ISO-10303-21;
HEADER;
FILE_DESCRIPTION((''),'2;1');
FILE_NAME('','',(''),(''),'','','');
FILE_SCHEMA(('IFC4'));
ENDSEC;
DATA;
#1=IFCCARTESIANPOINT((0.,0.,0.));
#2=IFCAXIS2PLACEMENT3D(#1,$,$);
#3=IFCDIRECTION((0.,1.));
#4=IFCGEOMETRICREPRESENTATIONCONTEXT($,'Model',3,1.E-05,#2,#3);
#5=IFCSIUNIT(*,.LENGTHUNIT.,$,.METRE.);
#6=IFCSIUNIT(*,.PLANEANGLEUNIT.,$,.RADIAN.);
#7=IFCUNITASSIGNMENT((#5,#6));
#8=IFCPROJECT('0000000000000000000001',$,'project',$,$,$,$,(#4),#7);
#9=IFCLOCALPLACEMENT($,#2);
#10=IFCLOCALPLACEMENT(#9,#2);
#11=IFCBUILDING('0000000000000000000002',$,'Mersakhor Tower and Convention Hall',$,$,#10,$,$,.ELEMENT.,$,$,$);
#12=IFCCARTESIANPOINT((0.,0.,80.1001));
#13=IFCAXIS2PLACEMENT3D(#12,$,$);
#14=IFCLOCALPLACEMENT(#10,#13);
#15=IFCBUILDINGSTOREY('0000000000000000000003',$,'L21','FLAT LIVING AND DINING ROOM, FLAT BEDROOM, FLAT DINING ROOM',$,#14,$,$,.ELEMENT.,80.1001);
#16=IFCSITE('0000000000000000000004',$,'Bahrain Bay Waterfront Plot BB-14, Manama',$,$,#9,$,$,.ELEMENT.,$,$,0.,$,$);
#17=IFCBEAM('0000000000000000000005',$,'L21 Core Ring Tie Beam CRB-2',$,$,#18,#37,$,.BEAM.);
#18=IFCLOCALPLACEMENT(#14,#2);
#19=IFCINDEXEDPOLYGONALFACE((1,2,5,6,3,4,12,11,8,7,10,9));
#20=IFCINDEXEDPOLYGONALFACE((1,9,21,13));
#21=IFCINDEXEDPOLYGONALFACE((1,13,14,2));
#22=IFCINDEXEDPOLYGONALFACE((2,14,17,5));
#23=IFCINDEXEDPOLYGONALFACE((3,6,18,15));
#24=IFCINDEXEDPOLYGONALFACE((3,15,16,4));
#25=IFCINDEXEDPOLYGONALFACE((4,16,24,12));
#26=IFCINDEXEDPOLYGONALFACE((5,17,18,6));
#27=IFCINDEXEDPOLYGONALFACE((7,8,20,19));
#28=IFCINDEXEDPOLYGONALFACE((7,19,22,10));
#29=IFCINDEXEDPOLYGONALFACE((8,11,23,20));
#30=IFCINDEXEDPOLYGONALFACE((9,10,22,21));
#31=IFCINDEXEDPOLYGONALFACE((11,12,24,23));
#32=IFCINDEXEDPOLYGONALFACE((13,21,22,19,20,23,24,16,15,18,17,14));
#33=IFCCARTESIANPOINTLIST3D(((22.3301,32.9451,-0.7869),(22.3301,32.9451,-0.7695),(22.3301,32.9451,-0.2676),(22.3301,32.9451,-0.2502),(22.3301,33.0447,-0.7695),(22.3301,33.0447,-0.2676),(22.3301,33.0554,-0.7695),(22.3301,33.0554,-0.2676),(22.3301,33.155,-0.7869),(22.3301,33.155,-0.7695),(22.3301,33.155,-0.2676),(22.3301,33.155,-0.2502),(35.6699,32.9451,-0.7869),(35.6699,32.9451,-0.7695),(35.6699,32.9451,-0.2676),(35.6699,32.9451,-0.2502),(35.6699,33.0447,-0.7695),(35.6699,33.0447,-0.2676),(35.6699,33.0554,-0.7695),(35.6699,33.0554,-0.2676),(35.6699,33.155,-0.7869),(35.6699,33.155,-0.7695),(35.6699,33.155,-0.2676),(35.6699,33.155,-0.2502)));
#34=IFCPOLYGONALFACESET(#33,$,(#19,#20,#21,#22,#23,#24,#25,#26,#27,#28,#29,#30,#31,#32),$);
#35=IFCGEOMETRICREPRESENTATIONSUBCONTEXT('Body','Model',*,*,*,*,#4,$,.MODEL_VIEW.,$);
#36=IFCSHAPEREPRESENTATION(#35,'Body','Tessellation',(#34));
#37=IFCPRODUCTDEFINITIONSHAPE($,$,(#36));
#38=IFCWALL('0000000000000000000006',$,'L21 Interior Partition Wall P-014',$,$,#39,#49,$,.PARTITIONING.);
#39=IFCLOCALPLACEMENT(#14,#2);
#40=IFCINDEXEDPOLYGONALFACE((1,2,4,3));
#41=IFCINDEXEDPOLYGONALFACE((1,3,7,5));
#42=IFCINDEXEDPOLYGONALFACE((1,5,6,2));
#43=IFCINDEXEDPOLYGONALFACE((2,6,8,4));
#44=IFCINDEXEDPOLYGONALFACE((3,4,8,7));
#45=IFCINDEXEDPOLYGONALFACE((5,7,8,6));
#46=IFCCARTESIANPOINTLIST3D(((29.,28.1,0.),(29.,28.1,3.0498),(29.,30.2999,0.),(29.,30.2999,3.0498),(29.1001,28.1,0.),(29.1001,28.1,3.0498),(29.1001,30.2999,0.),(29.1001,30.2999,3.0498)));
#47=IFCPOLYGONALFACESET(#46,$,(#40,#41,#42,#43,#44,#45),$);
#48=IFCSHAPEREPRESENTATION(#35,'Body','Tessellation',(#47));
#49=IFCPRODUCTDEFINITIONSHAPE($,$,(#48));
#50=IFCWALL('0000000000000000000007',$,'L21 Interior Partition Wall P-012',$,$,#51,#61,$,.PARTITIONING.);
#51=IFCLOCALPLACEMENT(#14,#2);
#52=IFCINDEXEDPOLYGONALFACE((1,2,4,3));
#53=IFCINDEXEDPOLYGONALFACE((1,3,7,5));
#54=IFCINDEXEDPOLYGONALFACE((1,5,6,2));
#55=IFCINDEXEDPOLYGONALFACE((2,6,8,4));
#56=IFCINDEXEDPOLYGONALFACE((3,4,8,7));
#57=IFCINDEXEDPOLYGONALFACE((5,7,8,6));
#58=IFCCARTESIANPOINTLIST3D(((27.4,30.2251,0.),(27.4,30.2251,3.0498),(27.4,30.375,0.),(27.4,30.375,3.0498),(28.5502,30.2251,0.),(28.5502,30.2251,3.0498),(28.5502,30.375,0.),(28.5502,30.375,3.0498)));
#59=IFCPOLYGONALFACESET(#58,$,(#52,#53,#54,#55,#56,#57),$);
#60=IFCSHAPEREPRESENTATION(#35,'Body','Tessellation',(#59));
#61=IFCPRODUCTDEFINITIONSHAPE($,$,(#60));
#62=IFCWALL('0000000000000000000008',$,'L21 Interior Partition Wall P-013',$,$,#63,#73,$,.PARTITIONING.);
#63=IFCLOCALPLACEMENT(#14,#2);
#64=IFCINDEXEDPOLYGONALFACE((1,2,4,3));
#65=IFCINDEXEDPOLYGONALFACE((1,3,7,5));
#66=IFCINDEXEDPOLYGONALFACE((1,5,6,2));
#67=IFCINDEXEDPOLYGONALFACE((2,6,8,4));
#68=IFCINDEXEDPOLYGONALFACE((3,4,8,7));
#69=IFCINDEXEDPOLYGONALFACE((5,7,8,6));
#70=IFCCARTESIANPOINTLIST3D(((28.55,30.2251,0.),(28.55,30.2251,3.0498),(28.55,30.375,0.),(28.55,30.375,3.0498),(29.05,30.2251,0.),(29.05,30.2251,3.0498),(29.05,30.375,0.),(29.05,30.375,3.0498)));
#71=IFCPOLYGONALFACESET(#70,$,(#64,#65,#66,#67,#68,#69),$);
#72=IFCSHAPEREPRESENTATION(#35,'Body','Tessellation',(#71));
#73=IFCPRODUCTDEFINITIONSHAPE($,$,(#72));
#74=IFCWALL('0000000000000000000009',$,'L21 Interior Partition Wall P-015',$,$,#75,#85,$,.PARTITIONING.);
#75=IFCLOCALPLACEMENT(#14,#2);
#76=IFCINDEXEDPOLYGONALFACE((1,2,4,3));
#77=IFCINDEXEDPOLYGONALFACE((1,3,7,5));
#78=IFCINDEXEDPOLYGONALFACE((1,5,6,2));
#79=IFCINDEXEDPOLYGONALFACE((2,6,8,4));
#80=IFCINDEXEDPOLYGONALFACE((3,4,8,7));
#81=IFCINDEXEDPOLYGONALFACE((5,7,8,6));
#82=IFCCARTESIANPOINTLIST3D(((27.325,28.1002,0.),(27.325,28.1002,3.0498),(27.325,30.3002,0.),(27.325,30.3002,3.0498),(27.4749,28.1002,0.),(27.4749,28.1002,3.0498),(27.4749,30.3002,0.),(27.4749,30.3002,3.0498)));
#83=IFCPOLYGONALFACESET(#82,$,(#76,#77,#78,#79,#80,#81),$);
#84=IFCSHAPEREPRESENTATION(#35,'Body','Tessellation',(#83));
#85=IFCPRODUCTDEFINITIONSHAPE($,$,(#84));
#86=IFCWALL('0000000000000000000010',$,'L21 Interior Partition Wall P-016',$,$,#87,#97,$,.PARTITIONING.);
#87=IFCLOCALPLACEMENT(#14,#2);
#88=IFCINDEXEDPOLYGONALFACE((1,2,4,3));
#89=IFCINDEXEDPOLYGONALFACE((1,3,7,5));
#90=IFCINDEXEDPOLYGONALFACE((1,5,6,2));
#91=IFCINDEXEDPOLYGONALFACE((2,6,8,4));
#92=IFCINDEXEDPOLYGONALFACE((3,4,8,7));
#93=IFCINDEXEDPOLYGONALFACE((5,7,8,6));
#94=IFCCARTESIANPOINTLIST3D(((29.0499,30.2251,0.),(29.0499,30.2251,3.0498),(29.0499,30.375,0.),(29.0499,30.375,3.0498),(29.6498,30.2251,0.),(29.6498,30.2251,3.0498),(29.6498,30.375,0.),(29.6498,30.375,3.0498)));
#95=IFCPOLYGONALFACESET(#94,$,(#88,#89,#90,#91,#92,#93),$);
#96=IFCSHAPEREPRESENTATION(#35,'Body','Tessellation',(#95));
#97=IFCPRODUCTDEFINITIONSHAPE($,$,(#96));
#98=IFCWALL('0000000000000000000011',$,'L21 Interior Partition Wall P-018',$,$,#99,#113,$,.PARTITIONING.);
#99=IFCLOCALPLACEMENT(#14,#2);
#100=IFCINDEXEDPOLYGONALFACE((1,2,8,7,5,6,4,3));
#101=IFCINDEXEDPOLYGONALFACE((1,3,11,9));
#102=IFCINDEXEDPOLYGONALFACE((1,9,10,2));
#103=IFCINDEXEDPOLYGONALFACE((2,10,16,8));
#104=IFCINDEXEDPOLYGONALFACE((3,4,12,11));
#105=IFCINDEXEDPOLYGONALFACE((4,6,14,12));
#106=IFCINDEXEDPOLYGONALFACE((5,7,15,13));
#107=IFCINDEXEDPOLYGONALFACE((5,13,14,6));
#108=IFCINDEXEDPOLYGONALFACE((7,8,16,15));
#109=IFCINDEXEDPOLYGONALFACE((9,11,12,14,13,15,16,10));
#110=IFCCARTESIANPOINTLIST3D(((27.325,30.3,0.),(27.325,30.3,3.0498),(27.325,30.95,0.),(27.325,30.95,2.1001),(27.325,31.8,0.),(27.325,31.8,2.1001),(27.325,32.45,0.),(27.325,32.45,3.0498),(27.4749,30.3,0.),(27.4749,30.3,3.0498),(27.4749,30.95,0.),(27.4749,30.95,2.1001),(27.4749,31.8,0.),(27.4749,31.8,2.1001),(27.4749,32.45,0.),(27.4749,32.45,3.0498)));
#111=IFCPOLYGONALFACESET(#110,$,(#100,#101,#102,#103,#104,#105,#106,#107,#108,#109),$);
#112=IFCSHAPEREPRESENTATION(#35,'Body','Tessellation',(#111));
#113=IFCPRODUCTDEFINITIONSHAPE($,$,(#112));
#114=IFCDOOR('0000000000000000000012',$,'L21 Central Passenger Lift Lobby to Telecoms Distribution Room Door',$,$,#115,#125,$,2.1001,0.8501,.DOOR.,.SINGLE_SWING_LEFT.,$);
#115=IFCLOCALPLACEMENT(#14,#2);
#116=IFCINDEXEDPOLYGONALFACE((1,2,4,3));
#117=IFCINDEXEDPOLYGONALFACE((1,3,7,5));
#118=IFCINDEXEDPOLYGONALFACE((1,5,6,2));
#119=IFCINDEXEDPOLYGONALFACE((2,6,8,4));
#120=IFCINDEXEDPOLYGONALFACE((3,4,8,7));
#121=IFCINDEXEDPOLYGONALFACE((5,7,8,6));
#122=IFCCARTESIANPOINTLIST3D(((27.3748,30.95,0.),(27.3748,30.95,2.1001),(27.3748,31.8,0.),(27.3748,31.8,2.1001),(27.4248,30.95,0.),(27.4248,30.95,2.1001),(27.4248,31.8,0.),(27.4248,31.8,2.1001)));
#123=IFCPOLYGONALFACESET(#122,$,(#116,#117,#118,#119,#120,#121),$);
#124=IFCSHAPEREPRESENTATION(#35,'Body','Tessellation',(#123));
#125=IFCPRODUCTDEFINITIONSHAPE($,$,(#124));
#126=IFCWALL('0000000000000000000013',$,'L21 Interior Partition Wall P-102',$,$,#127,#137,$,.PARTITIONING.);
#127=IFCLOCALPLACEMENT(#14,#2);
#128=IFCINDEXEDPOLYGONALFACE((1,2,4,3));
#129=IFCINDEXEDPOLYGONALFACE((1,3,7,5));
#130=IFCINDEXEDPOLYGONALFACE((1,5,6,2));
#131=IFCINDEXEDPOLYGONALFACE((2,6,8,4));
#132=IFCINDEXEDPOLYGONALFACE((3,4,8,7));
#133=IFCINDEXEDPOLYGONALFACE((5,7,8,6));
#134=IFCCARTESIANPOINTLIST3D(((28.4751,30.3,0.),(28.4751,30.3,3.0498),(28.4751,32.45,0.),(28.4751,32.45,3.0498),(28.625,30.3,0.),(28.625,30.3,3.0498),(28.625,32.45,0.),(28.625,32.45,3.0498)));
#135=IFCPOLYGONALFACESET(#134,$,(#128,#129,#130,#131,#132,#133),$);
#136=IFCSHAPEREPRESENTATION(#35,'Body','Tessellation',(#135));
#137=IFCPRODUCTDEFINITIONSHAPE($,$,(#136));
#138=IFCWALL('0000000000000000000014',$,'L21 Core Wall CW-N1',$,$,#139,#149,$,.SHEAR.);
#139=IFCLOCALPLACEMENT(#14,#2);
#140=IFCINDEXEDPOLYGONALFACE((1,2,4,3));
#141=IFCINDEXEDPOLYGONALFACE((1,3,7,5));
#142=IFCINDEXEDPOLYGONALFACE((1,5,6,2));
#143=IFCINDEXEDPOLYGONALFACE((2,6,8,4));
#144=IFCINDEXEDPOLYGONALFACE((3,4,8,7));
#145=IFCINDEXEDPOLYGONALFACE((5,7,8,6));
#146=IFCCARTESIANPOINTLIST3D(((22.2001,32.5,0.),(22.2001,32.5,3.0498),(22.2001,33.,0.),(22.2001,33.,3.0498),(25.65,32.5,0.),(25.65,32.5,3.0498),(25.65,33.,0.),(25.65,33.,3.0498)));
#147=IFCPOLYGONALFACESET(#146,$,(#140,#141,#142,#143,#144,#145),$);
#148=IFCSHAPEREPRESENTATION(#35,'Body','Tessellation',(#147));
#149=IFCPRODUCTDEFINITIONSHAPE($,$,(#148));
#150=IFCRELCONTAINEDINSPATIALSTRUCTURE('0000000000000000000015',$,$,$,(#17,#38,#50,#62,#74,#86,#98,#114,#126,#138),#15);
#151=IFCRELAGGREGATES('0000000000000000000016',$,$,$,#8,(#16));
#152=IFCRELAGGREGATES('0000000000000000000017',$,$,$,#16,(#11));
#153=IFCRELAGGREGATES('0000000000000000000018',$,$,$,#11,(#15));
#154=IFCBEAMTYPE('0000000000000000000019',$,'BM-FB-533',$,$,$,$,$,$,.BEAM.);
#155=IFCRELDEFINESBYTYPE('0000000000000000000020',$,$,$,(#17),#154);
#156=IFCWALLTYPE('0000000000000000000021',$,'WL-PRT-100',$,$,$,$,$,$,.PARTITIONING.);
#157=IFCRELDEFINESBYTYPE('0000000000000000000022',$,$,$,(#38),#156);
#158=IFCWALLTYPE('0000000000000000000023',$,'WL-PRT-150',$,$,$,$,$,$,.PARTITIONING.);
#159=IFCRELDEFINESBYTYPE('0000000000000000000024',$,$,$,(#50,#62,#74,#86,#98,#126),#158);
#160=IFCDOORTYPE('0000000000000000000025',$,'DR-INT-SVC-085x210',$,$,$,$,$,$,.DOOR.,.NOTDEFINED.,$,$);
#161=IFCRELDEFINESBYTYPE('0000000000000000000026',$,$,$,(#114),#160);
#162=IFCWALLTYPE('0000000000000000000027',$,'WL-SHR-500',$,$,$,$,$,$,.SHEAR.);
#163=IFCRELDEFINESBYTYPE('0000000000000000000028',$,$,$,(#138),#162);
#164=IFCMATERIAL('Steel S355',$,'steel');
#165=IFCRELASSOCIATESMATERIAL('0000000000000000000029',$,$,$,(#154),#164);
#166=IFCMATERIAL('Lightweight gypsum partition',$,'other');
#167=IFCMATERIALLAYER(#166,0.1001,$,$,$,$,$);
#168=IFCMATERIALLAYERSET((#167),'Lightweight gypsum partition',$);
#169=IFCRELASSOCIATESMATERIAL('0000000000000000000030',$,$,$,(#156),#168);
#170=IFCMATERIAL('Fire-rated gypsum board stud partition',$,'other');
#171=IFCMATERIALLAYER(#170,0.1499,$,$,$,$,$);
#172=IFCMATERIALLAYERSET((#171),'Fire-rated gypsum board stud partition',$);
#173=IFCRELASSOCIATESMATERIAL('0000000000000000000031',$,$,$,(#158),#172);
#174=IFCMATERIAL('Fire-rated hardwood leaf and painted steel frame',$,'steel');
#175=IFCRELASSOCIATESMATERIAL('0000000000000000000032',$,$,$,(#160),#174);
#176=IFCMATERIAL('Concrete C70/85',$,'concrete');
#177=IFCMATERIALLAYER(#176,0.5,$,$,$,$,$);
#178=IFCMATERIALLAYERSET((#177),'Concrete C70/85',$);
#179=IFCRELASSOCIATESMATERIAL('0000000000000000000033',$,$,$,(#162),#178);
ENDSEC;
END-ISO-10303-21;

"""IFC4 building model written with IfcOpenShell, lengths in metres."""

from ifc_helpers import new_model, si_unit, direction, frame, frame_2d, origin, origin_2d, place, context, subcontext, project, spatial, rectangle, i_section, extrude, material, layer, layer_set, material_profile, profile_set, type_object, element, fill, save


model = new_model("IFC4")

# Units and contexts
model_context = context("Model", 3, precision=1e-05, world=origin(), true_north=direction((0.0, 1.0)))
body_context = subcontext(model_context, "Body", "Model", "MODEL_VIEW")
ifc_project = project(units=[si_unit("LENGTHUNIT", "METRE"), si_unit("PLANEANGLEUNIT", "RADIAN")], contexts=[model_context])

# Site, building, storey
site_placement = place(None, origin())
site = spatial("IfcSite", under=ifc_project, at=site_placement, Name="Bahrain Bay Waterfront Plot BB-14, Manama", CompositionType="ELEMENT", RefElevation=0.0)
building_placement = place(site_placement, origin())
building = spatial("IfcBuilding", under=site, at=building_placement, Name="Mersakhor Tower and Convention Hall", CompositionType="ELEMENT")
storey_placement = place(building_placement, frame((0.0, 0.0, 80.1001)))
storey = spatial("IfcBuildingStorey", under=building, at=storey_placement, Name="L21", Description="FLAT LIVING AND DINING ROOM, FLAT BEDROOM, FLAT DINING ROOM", CompositionType="ELEMENT", Elevation=80.1001)

# Beam
ifc_material_1 = material(Name="Steel S355", Category="steel")
ifc_material_profile = material_profile(ifc_material_1, i_section(OverallWidth=0.21, OverallDepth=0.5366, WebThickness=0.0107, FlangeThickness=0.0173, at=origin_2d()), Name="UB 533x210x101")
ifc_profile_set = profile_set([ifc_material_profile], Name="Steel S355")
beam_type = type_object("IfcBeamType", Name="BM-FB-533", PredefinedType="BEAM", material=ifc_profile_set)
beam_placement = place(storey_placement, frame((22.3301, 33.05, -0.5186), z_axis=(1.0, 0.0, 0.0), x_axis=(0.0, 1.0, 0.0)))
element("IfcBeam", 1, at=beam_placement, inside=storey, type_object=beam_type, Name="L21 Core Ring Tie Beam CRB-2", PredefinedType="BEAM", context=body_context, shape_type="SweptSolid", body=[
    extrude(i_section(OverallWidth=0.21, OverallDepth=0.5366, WebThickness=0.0107, FlangeThickness=0.0173, at=origin_2d()), origin(), (0.0, 0.0, 1.0), 13.3398),
])

# Walls
ifc_material_2 = material(Name="Lightweight gypsum partition", Category="other")
ifc_layer_1 = layer(ifc_material_2, 0.1001)
ifc_layer_set_1 = layer_set([ifc_layer_1], Name="Lightweight gypsum partition")
wall_type_1 = type_object("IfcWallType", Name="WL-PRT-100", PredefinedType="PARTITIONING", material=ifc_layer_set_1)
wall_1_placement = place(storey_placement, frame((29.05, 30.3, 0.0), z_axis=(0.0, 0.0, 1.0), x_axis=(0.0, -1.0, 0.0)))
element("IfcWall", 2, at=wall_1_placement, inside=storey, type_object=wall_type_1, Name="L21 Interior Partition Wall P-014", PredefinedType="PARTITIONING", context=body_context, shape_type="SweptSolid", body=[
    extrude(rectangle(XDim=2.2, YDim=0.1001, at=frame_2d((1.1001, 0.0))), origin(), (0.0, 0.0, 1.0), 3.0498),
])
ifc_material_3 = material(Name="Fire-rated gypsum board stud partition", Category="other")
ifc_layer_2 = layer(ifc_material_3, 0.1499)
ifc_layer_set_2 = layer_set([ifc_layer_2], Name="Fire-rated gypsum board stud partition")
wall_type_2 = type_object("IfcWallType", Name="WL-PRT-150", PredefinedType="PARTITIONING", material=ifc_layer_set_2)
wall_2_placement = place(storey_placement, frame((27.3999, 30.3, 0.0), z_axis=(0.0, 0.0, 1.0), x_axis=(1.0, 0.0, 0.0)))
element("IfcWall", 3, at=wall_2_placement, inside=storey, type_object=wall_type_2, Name="L21 Interior Partition Wall P-012", PredefinedType="PARTITIONING", context=body_context, shape_type="SweptSolid", body=[
    extrude(rectangle(XDim=1.1501, YDim=0.1499, at=frame_2d((0.5752, 0.0))), origin(), (0.0, 0.0, 1.0), 3.0498),
])
wall_3_placement = place(storey_placement, frame((28.55, 30.3, 0.0), z_axis=(0.0, 0.0, 1.0), x_axis=(1.0, 0.0, 0.0)))
element("IfcWall", 4, at=wall_3_placement, inside=storey, type_object=wall_type_2, Name="L21 Interior Partition Wall P-013", PredefinedType="PARTITIONING", context=body_context, shape_type="SweptSolid", body=[
    extrude(rectangle(XDim=0.5, YDim=0.1499, at=frame_2d((0.25, 0.0))), origin(), (0.0, 0.0, 1.0), 3.0498),
])
wall_4_placement = place(storey_placement, frame((27.3999, 28.1001, 0.0), z_axis=(0.0, 0.0, 1.0), x_axis=(0.0, 1.0, 0.0)))
element("IfcWall", 5, at=wall_4_placement, inside=storey, type_object=wall_type_2, Name="L21 Interior Partition Wall P-015", PredefinedType="PARTITIONING", context=body_context, shape_type="SweptSolid", body=[
    extrude(rectangle(XDim=2.2, YDim=0.1499, at=frame_2d((1.1001, 0.0))), origin(), (0.0, 0.0, 1.0), 3.0498),
])
wall_5_placement = place(storey_placement, frame((29.05, 30.3, 0.0), z_axis=(0.0, 0.0, 1.0), x_axis=(1.0, 0.0, 0.0)))
element("IfcWall", 6, at=wall_5_placement, inside=storey, type_object=wall_type_2, Name="L21 Interior Partition Wall P-016", PredefinedType="PARTITIONING", context=body_context, shape_type="SweptSolid", body=[
    extrude(rectangle(XDim=0.5999, YDim=0.1499, at=frame_2d((0.2998, 0.0))), origin(), (0.0, 0.0, 1.0), 3.0498),
])

# Wall, opening, door
wall_6_placement = place(storey_placement, frame((27.3999, 32.45, 0.0), z_axis=(0.0, 0.0, 1.0), x_axis=(0.0, -1.0, 0.0)))
wall_6 = element("IfcWall", 7, at=wall_6_placement, inside=storey, type_object=wall_type_2, Name="L21 Interior Partition Wall P-018", PredefinedType="PARTITIONING", context=body_context, shape_type="SweptSolid", body=[
    extrude(rectangle(XDim=2.1499, YDim=0.1499, at=frame_2d((1.075, 0.0))), origin(), (0.0, 0.0, 1.0), 3.0498),
])
opening_1_placement = place(wall_6_placement, frame((0.6499, 0.0, 0.0)))
opening_1 = element("IfcOpeningElement", 8, at=opening_1_placement, cuts=wall_6, PredefinedType="OPENING", context=body_context, shape_type="SweptSolid", body=[
    extrude(rectangle(XDim=0.8501, YDim=2.1001, at=frame_2d((0.425, 1.05))), frame((0.0, 0.085, 0.0), z_axis=(0.0, -1.0, 0.0), x_axis=(1.0, 0.0, 0.0)), (0.0, 0.0, 1.0), 0.1699),
])
ifc_material_4 = material(Name="Fire-rated hardwood leaf and painted steel frame", Category="steel")
door_type_1 = type_object("IfcDoorType", Name="DR-INT-SVC-085x210", OperationType="NOTDEFINED", PredefinedType="DOOR", material=ifc_material_4)
door_1_placement = place(opening_1_placement, origin())
door_1 = element("IfcDoor", 9, at=door_1_placement, inside=storey, type_object=door_type_1, Name="L21 Central Passenger Lift Lobby to Telecoms Distribution Room Door", OperationType="SINGLE_SWING_LEFT", OverallHeight=2.1001, OverallWidth=0.8501, PredefinedType="DOOR", context=body_context, shape_type="SweptSolid", body=[
    extrude(rectangle(XDim=0.8501, YDim=2.1001, at=frame_2d((0.425, 1.05))), frame((0.0, 0.0249, 0.0), z_axis=(0.0, -1.0, 0.0), x_axis=(1.0, 0.0, 0.0)), (0.0, 0.0, 1.0), 0.05),
])
fill(opening_1, door_1)

# Wall
wall_7_placement = place(storey_placement, frame((28.55, 32.45, 0.0), z_axis=(0.0, 0.0, 1.0), x_axis=(0.0, -1.0, 0.0)))
element("IfcWall", 10, at=wall_7_placement, inside=storey, type_object=wall_type_2, Name="L21 Interior Partition Wall P-102", PredefinedType="PARTITIONING", context=body_context, shape_type="SweptSolid", body=[
    extrude(rectangle(XDim=2.1499, YDim=0.1499, at=frame_2d((1.075, 0.0))), origin(), (0.0, 0.0, 1.0), 3.0498),
])

# Wall
ifc_material_5 = material(Name="Concrete C70/85", Category="concrete")
ifc_layer_3 = layer(ifc_material_5, 0.5)
ifc_layer_set_3 = layer_set([ifc_layer_3], Name="Concrete C70/85")
wall_type_3 = type_object("IfcWallType", Name="WL-SHR-500", PredefinedType="SHEAR", material=ifc_layer_set_3)
wall_8_placement = place(storey_placement, frame((22.2, 32.75, 0.0), z_axis=(0.0, 0.0, 1.0), x_axis=(1.0, 0.0, 0.0)))
element("IfcWall", 11, at=wall_8_placement, inside=storey, type_object=wall_type_3, Name="L21 Core Wall CW-N1", PredefinedType="SHEAR", context=body_context, shape_type="SweptSolid", body=[
    extrude(rectangle(XDim=3.45, YDim=0.5, at=frame_2d((1.7251, 0.0))), origin(), (0.0, 0.0, 1.0), 3.0498),
])

save(model, "model.ifc")
